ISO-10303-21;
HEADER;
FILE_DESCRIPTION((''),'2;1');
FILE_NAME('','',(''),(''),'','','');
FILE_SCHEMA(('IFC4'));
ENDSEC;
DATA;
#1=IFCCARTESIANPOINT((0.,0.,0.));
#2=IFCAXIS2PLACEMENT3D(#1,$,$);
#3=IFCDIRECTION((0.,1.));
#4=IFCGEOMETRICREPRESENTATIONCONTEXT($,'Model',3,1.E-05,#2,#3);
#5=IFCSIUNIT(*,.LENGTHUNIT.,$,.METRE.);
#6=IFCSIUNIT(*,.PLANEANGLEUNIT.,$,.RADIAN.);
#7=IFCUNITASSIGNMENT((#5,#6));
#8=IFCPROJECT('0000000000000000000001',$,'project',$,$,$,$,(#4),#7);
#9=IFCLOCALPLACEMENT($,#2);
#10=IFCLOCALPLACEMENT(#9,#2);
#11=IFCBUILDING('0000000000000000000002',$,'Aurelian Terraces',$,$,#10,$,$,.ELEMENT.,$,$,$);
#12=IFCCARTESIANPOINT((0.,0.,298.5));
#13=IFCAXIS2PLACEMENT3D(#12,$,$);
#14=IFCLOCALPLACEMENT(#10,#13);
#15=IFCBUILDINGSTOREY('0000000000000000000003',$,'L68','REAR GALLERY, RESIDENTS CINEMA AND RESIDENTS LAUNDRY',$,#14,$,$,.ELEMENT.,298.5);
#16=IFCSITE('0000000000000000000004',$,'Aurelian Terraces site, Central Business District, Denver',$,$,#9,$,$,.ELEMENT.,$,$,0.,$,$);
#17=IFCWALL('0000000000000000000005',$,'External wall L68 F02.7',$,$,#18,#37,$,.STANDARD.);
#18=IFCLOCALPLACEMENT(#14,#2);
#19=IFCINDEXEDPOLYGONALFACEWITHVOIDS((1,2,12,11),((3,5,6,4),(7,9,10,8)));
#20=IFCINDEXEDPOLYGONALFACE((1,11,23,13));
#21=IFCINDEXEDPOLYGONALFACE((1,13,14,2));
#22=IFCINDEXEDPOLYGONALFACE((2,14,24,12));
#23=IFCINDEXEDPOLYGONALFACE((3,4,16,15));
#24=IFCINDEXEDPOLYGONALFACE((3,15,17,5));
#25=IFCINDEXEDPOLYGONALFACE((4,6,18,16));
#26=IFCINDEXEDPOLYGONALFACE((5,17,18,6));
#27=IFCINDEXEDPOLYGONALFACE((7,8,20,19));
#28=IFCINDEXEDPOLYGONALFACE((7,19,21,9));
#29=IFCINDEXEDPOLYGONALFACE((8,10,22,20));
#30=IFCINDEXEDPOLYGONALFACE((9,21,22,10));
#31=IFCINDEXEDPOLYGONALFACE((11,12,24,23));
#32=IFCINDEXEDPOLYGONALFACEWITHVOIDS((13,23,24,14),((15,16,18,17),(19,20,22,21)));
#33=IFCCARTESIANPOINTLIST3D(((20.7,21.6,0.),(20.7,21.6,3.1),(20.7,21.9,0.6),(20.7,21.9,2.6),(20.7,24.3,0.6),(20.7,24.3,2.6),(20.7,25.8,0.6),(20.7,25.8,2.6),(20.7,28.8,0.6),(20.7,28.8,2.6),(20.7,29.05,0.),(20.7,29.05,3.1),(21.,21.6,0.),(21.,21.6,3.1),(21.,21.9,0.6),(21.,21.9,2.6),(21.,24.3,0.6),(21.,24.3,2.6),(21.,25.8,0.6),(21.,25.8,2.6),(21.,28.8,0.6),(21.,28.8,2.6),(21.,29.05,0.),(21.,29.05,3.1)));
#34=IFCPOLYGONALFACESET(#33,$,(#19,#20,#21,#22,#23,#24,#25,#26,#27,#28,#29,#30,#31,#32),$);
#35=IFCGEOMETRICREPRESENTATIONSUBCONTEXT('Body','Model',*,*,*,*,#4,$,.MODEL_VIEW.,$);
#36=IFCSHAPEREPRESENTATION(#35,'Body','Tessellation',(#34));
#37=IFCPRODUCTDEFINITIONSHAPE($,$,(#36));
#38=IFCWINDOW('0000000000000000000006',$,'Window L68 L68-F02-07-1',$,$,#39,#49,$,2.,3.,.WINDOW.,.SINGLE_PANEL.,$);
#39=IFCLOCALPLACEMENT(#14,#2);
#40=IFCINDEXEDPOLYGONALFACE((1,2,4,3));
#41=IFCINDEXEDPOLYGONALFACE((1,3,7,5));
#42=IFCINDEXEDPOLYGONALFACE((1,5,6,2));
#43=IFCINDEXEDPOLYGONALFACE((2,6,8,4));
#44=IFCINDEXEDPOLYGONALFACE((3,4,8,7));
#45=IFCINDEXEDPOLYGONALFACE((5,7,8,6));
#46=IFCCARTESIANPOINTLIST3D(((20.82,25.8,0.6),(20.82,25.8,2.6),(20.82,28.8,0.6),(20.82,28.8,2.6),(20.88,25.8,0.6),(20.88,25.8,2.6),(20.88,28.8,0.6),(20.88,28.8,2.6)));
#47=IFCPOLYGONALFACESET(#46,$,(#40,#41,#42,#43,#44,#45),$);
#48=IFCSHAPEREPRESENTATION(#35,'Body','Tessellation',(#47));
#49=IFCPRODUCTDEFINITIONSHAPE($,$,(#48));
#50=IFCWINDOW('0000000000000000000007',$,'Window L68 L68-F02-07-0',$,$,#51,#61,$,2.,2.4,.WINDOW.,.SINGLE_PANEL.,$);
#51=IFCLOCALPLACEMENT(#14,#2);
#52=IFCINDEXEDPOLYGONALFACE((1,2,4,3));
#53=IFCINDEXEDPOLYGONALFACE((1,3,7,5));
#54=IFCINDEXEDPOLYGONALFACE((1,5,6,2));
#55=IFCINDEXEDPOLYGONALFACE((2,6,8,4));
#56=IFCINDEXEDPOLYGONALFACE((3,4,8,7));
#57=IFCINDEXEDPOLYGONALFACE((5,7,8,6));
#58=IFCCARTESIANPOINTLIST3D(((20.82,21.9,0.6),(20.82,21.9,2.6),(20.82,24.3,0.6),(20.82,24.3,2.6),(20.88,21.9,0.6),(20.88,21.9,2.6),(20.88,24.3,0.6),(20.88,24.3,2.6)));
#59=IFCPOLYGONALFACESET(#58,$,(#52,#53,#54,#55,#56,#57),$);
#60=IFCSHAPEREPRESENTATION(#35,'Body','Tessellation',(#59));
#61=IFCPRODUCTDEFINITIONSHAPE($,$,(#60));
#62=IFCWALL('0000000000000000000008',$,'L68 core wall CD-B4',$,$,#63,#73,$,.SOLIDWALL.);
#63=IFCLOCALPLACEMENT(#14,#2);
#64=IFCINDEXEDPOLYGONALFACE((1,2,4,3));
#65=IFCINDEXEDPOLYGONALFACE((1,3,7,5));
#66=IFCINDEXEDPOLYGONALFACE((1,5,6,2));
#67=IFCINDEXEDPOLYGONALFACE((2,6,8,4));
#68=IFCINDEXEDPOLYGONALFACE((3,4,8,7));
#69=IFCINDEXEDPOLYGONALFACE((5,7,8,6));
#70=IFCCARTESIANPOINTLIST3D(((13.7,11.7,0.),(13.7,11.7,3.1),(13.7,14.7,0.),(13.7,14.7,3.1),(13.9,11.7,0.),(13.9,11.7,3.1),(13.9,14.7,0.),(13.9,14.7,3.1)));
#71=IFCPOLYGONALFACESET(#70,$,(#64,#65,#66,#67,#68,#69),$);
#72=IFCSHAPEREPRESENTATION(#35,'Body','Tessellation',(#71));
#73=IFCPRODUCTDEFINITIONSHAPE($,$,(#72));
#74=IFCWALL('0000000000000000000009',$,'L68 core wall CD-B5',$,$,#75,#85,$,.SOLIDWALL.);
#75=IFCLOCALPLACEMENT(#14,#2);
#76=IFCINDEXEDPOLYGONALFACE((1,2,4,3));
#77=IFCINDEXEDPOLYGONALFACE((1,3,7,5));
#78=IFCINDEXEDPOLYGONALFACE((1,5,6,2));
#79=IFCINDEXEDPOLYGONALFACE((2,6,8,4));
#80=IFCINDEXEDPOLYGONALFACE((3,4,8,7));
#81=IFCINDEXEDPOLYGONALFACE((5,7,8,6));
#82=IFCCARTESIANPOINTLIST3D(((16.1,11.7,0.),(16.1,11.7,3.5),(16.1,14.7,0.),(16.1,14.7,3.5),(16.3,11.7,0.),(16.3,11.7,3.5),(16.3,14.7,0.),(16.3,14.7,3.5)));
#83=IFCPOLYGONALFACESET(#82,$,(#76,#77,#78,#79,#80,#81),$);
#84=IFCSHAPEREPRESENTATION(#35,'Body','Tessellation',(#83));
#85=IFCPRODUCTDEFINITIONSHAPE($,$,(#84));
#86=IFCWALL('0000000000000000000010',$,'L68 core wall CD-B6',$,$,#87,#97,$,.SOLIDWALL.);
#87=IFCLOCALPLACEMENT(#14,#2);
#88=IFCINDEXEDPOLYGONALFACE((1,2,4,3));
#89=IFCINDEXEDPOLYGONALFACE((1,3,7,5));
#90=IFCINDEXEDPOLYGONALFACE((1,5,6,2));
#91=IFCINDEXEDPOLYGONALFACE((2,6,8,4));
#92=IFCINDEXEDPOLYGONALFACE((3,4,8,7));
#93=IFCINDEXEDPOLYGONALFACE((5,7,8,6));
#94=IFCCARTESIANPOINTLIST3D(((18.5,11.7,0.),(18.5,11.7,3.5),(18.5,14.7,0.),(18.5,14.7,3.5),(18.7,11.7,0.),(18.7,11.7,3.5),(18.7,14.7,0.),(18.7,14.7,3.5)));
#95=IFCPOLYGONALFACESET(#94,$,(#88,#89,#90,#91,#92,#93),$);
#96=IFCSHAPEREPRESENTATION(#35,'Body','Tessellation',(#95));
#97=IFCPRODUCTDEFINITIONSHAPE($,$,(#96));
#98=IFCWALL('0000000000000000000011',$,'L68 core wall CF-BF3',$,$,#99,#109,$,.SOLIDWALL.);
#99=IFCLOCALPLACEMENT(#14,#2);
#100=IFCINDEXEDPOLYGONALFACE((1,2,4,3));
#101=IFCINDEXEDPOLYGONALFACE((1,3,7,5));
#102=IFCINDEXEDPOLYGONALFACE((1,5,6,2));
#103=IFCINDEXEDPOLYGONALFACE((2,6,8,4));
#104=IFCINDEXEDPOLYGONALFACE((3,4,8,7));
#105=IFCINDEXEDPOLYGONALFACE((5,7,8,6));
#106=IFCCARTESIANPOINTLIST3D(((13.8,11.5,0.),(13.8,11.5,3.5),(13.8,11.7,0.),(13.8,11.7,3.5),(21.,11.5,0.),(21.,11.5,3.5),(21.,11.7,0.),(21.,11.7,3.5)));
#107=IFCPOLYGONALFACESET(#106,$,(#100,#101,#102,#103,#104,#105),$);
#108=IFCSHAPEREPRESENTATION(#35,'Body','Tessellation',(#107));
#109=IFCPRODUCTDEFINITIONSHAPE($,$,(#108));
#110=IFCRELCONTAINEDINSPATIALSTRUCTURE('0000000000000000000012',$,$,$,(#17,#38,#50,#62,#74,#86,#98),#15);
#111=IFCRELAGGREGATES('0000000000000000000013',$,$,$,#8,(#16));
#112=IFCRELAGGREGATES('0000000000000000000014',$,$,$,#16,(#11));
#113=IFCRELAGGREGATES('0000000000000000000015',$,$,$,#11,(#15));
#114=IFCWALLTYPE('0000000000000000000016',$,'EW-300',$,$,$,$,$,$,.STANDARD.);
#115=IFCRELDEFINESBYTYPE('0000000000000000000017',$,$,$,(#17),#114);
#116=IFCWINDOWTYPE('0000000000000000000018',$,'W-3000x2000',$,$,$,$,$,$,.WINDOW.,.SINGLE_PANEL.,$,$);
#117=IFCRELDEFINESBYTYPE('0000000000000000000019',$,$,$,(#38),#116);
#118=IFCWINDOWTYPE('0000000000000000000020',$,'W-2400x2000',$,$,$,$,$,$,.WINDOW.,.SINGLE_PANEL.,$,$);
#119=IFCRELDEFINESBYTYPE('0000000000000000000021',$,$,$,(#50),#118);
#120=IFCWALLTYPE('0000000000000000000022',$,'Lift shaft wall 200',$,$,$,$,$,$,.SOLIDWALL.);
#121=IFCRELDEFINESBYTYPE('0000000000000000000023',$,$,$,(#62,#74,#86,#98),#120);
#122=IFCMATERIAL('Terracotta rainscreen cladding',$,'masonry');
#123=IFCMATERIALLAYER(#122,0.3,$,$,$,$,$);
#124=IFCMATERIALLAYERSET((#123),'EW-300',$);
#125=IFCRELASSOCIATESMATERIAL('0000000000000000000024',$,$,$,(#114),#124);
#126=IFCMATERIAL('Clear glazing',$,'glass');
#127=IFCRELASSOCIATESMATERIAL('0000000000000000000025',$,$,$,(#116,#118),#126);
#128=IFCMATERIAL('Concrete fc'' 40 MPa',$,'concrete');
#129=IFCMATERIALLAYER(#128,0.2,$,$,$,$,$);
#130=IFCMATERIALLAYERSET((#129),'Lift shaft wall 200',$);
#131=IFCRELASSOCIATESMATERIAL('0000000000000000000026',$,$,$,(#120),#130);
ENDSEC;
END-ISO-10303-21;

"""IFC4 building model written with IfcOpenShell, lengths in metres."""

from ifc_helpers import new_model, si_unit, direction, frame, frame_2d, origin, place, context, subcontext, project, spatial, rectangle, extrude, source, transform, mapped, material, layer, layer_set, type_object, element, fill, save


model = new_model("IFC4")

# Units and contexts
model_context = context("Model", 3, precision=1e-05, world=origin(), true_north=direction((0.0, 1.0)))
body_context = subcontext(model_context, "Body", "Model", "MODEL_VIEW")
ifc_project = project(units=[si_unit("LENGTHUNIT", "METRE"), si_unit("PLANEANGLEUNIT", "RADIAN")], contexts=[model_context])

# Site, building, storey
site_placement = place(None, origin())
site = spatial("IfcSite", under=ifc_project, at=site_placement, Name="Aurelian Terraces site, Central Business District, Denver", CompositionType="ELEMENT", RefElevation=0.0)
building_placement = place(site_placement, origin())
building = spatial("IfcBuilding", under=site, at=building_placement, Name="Aurelian Terraces", CompositionType="ELEMENT")
storey_placement = place(building_placement, frame((0.0, 0.0, 298.5)))
storey = spatial("IfcBuildingStorey", under=building, at=storey_placement, Name="L68", Description="REAR GALLERY, RESIDENTS CINEMA AND RESIDENTS LAUNDRY", CompositionType="ELEMENT", Elevation=298.5)

# Wall, openings, windows
ifc_material_1 = material(Name="Terracotta rainscreen cladding", Category="masonry")
ifc_layer_1 = layer(ifc_material_1, 0.3)
ifc_layer_set_1 = layer_set([ifc_layer_1], Name="EW-300")
wall_type_1 = type_object("IfcWallType", Name="EW-300", PredefinedType="STANDARD", material=ifc_layer_set_1)
shared_shape_1 = source(origin(), body_context, "Body", "SweptSolid", [
    extrude(rectangle(XDim=7.45, YDim=0.3, at=frame_2d((3.725, 0.0))), origin(), (0.0, 0.0, 1.0), 3.1),
])
wall_1_placement = place(storey_placement, frame((20.85, 21.6, 0.0), z_axis=(0.0, 0.0, 1.0), x_axis=(0.0, 1.0, 0.0)))
wall_1 = element("IfcWall", 1, at=wall_1_placement, inside=storey, type_object=wall_type_1, Name="External wall L68 F02.7", PredefinedType="STANDARD", context=body_context, shape_type="MappedRepresentation", body=[
    mapped(shared_shape_1, transform((0.0, 0.0, 0.0), scale=1.0)),
])
shared_shape_2 = source(origin(), body_context, "Body", "SweptSolid", [
    extrude(rectangle(XDim=2.4, YDim=2.0, at=frame_2d((1.2, 1.0))), frame((0.0, 0.16, 0.0), z_axis=(0.0, -1.0, 0.0), x_axis=(1.0, 0.0, 0.0)), (0.0, 0.0, 1.0), 0.32),
])
opening_1_placement = place(wall_1_placement, frame((0.3, 0.0, 0.6)))
opening_1 = element("IfcOpeningElement", 2, at=opening_1_placement, cuts=wall_1, PredefinedType="OPENING", context=body_context, shape_type="MappedRepresentation", body=[
    mapped(shared_shape_2, transform((0.0, 0.0, 0.0), scale=1.0)),
])
shared_shape_3 = source(origin(), body_context, "Body", "SweptSolid", [
    extrude(rectangle(XDim=3.0, YDim=2.0, at=frame_2d((1.5, 1.0))), frame((0.0, 0.16, 0.0), z_axis=(0.0, -1.0, 0.0), x_axis=(1.0, 0.0, 0.0)), (0.0, 0.0, 1.0), 0.32),
])
opening_2_placement = place(wall_1_placement, frame((4.2, 0.0, 0.6)))
opening_2 = element("IfcOpeningElement", 3, at=opening_2_placement, cuts=wall_1, PredefinedType="OPENING", context=body_context, shape_type="MappedRepresentation", body=[
    mapped(shared_shape_3, transform((0.0, 0.0, 0.0), scale=1.0)),
])
ifc_material_2 = material(Name="Clear glazing", Category="glass")
window_type_1 = type_object("IfcWindowType", Name="W-3000x2000", PartitioningType="SINGLE_PANEL", PredefinedType="WINDOW", material=ifc_material_2)
shared_shape_4 = source(origin(), body_context, "Body", "SweptSolid", [
    extrude(rectangle(XDim=3.0, YDim=2.0, at=frame_2d((1.5, 1.0))), frame((0.0, 0.03, 0.0), z_axis=(0.0, -1.0, 0.0), x_axis=(1.0, 0.0, 0.0)), (0.0, 0.0, 1.0), 0.06),
])
window_1_placement = place(opening_2_placement, origin())
window_1 = element("IfcWindow", 4, at=window_1_placement, inside=storey, type_object=window_type_1, Name="Window L68 L68-F02-07-1", OverallHeight=2.0, OverallWidth=3.0, PartitioningType="SINGLE_PANEL", PredefinedType="WINDOW", context=body_context, shape_type="MappedRepresentation", body=[
    mapped(shared_shape_4, transform((0.0, 0.0, 0.0), scale=1.0)),
])
fill(opening_2, window_1)
window_type_2 = type_object("IfcWindowType", Name="W-2400x2000", PartitioningType="SINGLE_PANEL", PredefinedType="WINDOW", material=ifc_material_2)
shared_shape_5 = source(origin(), body_context, "Body", "SweptSolid", [
    extrude(rectangle(XDim=2.4, YDim=2.0, at=frame_2d((1.2, 1.0))), frame((0.0, 0.03, 0.0), z_axis=(0.0, -1.0, 0.0), x_axis=(1.0, 0.0, 0.0)), (0.0, 0.0, 1.0), 0.06),
])
window_2_placement = place(opening_1_placement, origin())
window_2 = element("IfcWindow", 5, at=window_2_placement, inside=storey, type_object=window_type_2, Name="Window L68 L68-F02-07-0", OverallHeight=2.0, OverallWidth=2.4, PartitioningType="SINGLE_PANEL", PredefinedType="WINDOW", context=body_context, shape_type="MappedRepresentation", body=[
    mapped(shared_shape_5, transform((0.0, 0.0, 0.0), scale=1.0)),
])
fill(opening_1, window_2)

# Walls
ifc_material_3 = material(Name="Concrete fc' 40 MPa", Category="concrete")
ifc_layer_2 = layer(ifc_material_3, 0.2)
ifc_layer_set_2 = layer_set([ifc_layer_2], Name="Lift shaft wall 200")
wall_type_2 = type_object("IfcWallType", Name="Lift shaft wall 200", PredefinedType="SOLIDWALL", material=ifc_layer_set_2)
shared_shape_6 = source(origin(), body_context, "Body", "SweptSolid", [
    extrude(rectangle(XDim=3.0, YDim=0.2, at=frame_2d((1.5, 0.0))), origin(), (0.0, 0.0, 1.0), 3.1),
])
wall_2_placement = place(storey_placement, frame((13.8, 11.7, 0.0), z_axis=(0.0, 0.0, 1.0), x_axis=(0.0, 1.0, 0.0)))
element("IfcWall", 6, at=wall_2_placement, inside=storey, type_object=wall_type_2, Name="L68 core wall CD-B4", PredefinedType="SOLIDWALL", context=body_context, shape_type="MappedRepresentation", body=[
    mapped(shared_shape_6, transform((0.0, 0.0, 0.0), scale=1.0)),
])
shared_shape_7 = source(origin(), body_context, "Body", "SweptSolid", [
    extrude(rectangle(XDim=3.0, YDim=0.2, at=frame_2d((1.5, 0.0))), origin(), (0.0, 0.0, 1.0), 3.5),
])
for number, where, z_axis, x_axis, name in (
    (7, (16.2, 11.7, 0.0), (0.0, 0.0, 1.0), (0.0, 1.0, 0.0), "L68 core wall CD-B5"),
    (8, (18.6, 11.7, 0.0), (0.0, 0.0, 1.0), (0.0, 1.0, 0.0), "L68 core wall CD-B6"),
):
    element("IfcWall", number, at=place(storey_placement, frame(where, z_axis=z_axis, x_axis=x_axis)), inside=storey, type_object=wall_type_2, Name=name, PredefinedType="SOLIDWALL", context=body_context, shape_type="MappedRepresentation", body=[
        mapped(shared_shape_7, transform((0.0, 0.0, 0.0), scale=1.0)),
    ])
shared_shape_8 = source(origin(), body_context, "Body", "SweptSolid", [
    extrude(rectangle(XDim=7.2, YDim=0.2, at=frame_2d((3.6, 0.0))), origin(), (0.0, 0.0, 1.0), 3.5),
])
wall_3_placement = place(storey_placement, frame((13.8, 11.6, 0.0), z_axis=(0.0, 0.0, 1.0), x_axis=(1.0, 0.0, 0.0)))
element("IfcWall", 9, at=wall_3_placement, inside=storey, type_object=wall_type_2, Name="L68 core wall CF-BF3", PredefinedType="SOLIDWALL", context=body_context, shape_type="MappedRepresentation", body=[
    mapped(shared_shape_8, transform((0.0, 0.0, 0.0), scale=1.0)),
])

save(model, "model.ifc")
